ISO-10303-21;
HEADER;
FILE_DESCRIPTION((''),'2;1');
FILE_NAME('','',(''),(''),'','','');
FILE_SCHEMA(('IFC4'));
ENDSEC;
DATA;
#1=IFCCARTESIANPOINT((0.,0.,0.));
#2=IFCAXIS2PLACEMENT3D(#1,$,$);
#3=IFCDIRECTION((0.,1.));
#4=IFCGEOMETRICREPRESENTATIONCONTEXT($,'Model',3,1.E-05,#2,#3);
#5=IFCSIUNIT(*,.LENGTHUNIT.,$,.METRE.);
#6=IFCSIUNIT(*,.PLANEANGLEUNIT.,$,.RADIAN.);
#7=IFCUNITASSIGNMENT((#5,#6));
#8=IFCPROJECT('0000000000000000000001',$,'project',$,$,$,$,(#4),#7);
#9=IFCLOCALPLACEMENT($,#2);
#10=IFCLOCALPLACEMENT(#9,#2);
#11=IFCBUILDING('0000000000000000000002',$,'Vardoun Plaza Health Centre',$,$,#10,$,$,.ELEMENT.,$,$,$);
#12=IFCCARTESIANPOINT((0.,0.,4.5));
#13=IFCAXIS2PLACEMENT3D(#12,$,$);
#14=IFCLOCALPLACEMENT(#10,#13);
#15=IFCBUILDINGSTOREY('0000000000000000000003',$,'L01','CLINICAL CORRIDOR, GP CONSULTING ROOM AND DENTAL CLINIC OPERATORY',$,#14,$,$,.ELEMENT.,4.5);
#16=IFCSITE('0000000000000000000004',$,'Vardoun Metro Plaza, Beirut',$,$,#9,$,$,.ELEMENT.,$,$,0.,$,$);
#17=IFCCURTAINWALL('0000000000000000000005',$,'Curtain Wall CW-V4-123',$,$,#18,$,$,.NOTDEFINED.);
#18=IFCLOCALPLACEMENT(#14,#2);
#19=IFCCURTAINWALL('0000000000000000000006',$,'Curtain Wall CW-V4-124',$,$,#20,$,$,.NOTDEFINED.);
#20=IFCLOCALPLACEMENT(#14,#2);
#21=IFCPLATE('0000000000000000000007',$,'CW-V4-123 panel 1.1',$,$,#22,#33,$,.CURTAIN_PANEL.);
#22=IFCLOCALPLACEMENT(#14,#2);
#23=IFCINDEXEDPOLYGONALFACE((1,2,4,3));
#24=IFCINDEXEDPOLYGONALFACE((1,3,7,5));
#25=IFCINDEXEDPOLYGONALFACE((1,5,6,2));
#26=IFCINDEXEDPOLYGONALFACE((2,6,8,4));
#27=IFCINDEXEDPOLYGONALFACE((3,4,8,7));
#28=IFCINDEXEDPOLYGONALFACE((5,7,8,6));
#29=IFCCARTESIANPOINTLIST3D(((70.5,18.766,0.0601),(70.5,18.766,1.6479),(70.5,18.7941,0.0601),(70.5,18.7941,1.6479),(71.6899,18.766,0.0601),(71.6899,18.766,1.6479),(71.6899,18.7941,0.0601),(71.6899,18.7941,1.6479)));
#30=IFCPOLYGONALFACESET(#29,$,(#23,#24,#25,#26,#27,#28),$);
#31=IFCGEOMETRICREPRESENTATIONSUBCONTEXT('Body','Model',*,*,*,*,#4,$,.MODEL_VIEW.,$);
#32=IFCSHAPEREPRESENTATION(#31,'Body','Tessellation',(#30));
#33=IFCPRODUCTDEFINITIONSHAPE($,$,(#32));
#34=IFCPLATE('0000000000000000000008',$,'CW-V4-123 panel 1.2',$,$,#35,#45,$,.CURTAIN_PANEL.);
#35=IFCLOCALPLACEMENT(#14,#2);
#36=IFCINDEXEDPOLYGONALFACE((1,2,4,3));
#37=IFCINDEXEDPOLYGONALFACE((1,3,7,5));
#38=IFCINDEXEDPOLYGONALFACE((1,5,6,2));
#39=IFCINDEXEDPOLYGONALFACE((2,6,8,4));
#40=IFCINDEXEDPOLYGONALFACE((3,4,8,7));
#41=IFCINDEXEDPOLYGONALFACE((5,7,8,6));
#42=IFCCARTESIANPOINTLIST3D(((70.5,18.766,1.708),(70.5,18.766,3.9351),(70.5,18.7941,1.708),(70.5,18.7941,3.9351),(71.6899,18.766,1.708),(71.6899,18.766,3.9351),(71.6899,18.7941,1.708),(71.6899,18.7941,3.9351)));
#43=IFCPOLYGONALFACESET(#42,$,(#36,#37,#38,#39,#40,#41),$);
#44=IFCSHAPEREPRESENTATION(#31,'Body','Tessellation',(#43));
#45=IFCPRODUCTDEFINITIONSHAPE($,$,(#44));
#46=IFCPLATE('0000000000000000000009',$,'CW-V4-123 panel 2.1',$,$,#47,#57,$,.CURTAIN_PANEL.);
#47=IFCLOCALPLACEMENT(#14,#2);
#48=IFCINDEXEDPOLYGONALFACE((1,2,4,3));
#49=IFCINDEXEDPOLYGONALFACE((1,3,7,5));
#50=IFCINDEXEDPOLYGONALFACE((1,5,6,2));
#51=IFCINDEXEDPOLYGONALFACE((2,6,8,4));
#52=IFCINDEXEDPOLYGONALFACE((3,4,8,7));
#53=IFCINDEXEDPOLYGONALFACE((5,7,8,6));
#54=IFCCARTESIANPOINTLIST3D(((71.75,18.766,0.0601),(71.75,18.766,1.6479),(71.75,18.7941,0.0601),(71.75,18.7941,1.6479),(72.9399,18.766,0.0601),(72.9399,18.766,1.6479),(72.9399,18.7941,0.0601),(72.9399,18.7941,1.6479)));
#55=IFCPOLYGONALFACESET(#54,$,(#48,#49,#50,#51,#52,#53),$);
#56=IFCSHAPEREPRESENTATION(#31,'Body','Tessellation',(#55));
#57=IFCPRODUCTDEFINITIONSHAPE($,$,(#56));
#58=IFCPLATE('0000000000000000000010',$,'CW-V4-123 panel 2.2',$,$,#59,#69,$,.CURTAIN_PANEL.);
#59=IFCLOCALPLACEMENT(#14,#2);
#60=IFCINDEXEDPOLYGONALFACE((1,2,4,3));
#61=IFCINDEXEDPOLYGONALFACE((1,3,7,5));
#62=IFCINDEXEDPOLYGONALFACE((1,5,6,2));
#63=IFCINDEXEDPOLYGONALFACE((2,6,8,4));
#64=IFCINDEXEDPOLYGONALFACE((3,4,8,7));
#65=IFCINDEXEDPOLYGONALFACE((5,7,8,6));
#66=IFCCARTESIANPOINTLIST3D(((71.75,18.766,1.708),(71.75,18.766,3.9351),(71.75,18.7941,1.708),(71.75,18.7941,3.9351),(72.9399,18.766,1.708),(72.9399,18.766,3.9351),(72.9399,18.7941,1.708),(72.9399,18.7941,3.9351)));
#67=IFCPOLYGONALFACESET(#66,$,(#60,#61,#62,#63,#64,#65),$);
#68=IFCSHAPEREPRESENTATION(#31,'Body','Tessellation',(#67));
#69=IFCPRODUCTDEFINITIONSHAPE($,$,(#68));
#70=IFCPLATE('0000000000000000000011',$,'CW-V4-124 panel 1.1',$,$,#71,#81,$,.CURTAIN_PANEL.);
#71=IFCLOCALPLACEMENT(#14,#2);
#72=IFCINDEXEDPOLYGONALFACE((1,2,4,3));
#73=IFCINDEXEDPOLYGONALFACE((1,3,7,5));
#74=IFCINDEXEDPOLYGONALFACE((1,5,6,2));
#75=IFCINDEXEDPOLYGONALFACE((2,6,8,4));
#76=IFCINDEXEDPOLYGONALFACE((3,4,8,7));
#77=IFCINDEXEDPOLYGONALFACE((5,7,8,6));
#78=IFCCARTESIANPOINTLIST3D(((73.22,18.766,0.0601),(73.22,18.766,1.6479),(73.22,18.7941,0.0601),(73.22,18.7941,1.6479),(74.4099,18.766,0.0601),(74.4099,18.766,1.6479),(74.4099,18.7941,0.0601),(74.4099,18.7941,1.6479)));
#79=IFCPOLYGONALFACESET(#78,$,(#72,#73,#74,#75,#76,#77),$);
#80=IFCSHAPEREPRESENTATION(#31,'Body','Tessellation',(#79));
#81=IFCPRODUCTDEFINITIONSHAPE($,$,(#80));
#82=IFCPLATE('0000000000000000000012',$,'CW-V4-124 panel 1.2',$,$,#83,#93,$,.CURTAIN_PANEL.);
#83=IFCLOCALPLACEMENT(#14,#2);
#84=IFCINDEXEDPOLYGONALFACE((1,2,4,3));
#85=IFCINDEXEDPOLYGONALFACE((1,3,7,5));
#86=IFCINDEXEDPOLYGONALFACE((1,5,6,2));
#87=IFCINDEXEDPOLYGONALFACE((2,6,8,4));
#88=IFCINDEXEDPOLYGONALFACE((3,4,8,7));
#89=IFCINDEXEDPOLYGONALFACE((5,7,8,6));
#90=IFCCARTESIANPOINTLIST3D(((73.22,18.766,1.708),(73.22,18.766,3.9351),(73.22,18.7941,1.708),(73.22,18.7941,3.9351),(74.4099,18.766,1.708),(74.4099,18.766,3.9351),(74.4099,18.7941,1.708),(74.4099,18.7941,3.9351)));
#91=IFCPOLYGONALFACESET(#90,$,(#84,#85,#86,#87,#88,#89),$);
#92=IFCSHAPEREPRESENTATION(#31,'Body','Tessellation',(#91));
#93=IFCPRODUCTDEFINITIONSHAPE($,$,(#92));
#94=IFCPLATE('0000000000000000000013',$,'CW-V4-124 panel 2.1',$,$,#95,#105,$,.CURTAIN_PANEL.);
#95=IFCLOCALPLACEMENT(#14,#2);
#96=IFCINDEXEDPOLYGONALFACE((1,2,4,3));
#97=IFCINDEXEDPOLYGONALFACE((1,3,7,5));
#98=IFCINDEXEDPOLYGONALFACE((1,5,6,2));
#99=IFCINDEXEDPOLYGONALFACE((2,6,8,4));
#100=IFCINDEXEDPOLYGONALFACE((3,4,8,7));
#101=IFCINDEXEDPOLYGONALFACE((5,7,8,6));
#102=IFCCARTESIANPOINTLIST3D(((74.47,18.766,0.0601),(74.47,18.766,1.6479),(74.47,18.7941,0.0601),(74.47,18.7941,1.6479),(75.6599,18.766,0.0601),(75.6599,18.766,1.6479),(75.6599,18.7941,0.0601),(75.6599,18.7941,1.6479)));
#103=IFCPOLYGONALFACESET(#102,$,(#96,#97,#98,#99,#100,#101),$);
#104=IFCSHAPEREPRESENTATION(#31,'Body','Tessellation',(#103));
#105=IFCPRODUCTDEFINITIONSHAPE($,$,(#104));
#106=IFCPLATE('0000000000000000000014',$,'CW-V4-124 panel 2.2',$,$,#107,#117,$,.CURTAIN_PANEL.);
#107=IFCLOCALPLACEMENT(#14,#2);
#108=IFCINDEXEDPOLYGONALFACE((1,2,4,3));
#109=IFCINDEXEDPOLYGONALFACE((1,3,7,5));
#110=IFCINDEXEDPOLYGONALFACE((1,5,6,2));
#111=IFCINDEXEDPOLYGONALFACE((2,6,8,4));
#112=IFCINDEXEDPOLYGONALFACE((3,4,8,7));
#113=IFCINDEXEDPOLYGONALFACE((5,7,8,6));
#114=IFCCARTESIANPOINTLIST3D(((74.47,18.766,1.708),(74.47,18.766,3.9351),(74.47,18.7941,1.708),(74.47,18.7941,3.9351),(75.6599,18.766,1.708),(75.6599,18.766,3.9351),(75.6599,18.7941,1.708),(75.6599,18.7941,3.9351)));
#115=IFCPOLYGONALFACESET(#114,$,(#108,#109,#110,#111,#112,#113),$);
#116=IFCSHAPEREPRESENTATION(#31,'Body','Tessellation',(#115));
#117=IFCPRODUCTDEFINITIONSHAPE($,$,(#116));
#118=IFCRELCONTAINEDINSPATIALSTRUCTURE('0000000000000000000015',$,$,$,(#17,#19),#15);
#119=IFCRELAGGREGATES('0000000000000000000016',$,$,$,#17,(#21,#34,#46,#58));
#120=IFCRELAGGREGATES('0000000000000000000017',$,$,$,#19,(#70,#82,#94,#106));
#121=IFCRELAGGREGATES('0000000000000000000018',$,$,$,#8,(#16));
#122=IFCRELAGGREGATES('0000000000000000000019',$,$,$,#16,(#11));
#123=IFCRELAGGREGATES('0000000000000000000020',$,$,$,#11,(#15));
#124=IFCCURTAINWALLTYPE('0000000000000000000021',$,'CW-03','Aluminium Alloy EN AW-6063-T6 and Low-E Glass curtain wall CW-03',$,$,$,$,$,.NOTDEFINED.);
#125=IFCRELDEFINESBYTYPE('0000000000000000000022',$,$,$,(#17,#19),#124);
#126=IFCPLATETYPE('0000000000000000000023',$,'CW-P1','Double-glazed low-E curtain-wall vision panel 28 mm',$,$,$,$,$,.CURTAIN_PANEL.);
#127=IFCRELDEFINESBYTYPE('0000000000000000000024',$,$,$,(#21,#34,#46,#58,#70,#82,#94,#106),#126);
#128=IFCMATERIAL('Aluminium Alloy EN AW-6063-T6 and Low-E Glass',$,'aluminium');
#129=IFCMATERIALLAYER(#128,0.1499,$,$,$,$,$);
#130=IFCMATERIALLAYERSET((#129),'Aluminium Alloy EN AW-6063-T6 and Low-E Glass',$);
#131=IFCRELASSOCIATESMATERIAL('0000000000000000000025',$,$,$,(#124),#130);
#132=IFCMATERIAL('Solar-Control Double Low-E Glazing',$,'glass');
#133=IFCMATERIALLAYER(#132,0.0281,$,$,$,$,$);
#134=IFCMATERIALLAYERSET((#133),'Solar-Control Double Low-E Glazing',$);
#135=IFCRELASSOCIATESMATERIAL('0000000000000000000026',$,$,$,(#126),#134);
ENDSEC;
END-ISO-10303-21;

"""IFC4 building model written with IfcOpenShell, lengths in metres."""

from ifc_helpers import new_model, si_unit, direction, frame, origin, origin_2d, place, context, subcontext, project, spatial, rectangle, extrude, material, layer, layer_set, type_object, element, aggregate, save


model = new_model("IFC4")

# Units and contexts
model_context = context("Model", 3, precision=1e-05, world=origin(), true_north=direction((0.0, 1.0)))
body_context = subcontext(model_context, "Body", "Model", "MODEL_VIEW")
ifc_project = project(units=[si_unit("LENGTHUNIT", "METRE"), si_unit("PLANEANGLEUNIT", "RADIAN")], contexts=[model_context])

# Site, building, storey
site_placement = place(None, origin())
site = spatial("IfcSite", under=ifc_project, at=site_placement, Name="Vardoun Metro Plaza, Beirut", CompositionType="ELEMENT", RefElevation=0.0)
building_placement = place(site_placement, origin())
building = spatial("IfcBuilding", under=site, at=building_placement, Name="Vardoun Plaza Health Centre", CompositionType="ELEMENT")
storey_placement = place(building_placement, frame((0.0, 0.0, 4.5)))
storey = spatial("IfcBuildingStorey", under=building, at=storey_placement, Name="L01", Description="CLINICAL CORRIDOR, GP CONSULTING ROOM AND DENTAL CLINIC OPERATORY", CompositionType="ELEMENT", Elevation=4.5)

# Curtain walls
ifc_material_1 = material(Name="Aluminium Alloy EN AW-6063-T6 and Low-E Glass", Category="aluminium")
ifc_layer_1 = layer(ifc_material_1, 0.1499)
ifc_layer_set_1 = layer_set([ifc_layer_1], Name="Aluminium Alloy EN AW-6063-T6 and Low-E Glass")
curtain_wall_type = type_object("IfcCurtainWallType", Name="CW-03", Description="Aluminium Alloy EN AW-6063-T6 and Low-E Glass curtain wall CW-03", PredefinedType="NOTDEFINED", material=ifc_layer_set_1)
curtain_wall_1_placement = place(storey_placement, origin())
curtain_wall_1 = element("IfcCurtainWall", 1, at=curtain_wall_1_placement, inside=storey, type_object=curtain_wall_type, Name="Curtain Wall CW-V4-123", PredefinedType="NOTDEFINED")
curtain_wall_2_placement = place(storey_placement, origin())
curtain_wall_2 = element("IfcCurtainWall", 2, at=curtain_wall_2_placement, inside=storey, type_object=curtain_wall_type, Name="Curtain Wall CW-V4-124", PredefinedType="NOTDEFINED")

# Plates
ifc_material_2 = material(Name="Solar-Control Double Low-E Glazing", Category="glass")
ifc_layer_2 = layer(ifc_material_2, 0.0281)
ifc_layer_set_2 = layer_set([ifc_layer_2], Name="Solar-Control Double Low-E Glazing")
plate_type = type_object("IfcPlateType", Name="CW-P1", Description="Double-glazed low-E curtain-wall vision panel 28 mm", PredefinedType="CURTAIN_PANEL", material=ifc_layer_set_2)
plate_1_placement = place(storey_placement, frame((71.095, 18.78, 0.0601), z_axis=(0.0, 0.0, 1.0), x_axis=(1.0, 0.0, 0.0)))
plate_1 = element("IfcPlate", 3, at=plate_1_placement, type_object=plate_type, Name="CW-V4-123 panel 1.1", PredefinedType="CURTAIN_PANEL", context=body_context, shape_type="SweptSolid", body=[
    extrude(rectangle(XDim=1.1899, YDim=0.0281, at=origin_2d()), origin(), (0.0, 0.0, 1.0), 1.5879),
])
plate_2_placement = place(storey_placement, frame((71.095, 18.78, 1.708), z_axis=(0.0, 0.0, 1.0), x_axis=(1.0, 0.0, 0.0)))
plate_2 = element("IfcPlate", 4, at=plate_2_placement, type_object=plate_type, Name="CW-V4-123 panel 1.2", PredefinedType="CURTAIN_PANEL", context=body_context, shape_type="SweptSolid", body=[
    extrude(rectangle(XDim=1.1899, YDim=0.0281, at=origin_2d()), origin(), (0.0, 0.0, 1.0), 2.2271),
])
plate_3_placement = place(storey_placement, frame((72.345, 18.78, 0.0601), z_axis=(0.0, 0.0, 1.0), x_axis=(1.0, 0.0, 0.0)))
plate_3 = element("IfcPlate", 5, at=plate_3_placement, type_object=plate_type, Name="CW-V4-123 panel 2.1", PredefinedType="CURTAIN_PANEL", context=body_context, shape_type="SweptSolid", body=[
    extrude(rectangle(XDim=1.1899, YDim=0.0281, at=origin_2d()), origin(), (0.0, 0.0, 1.0), 1.5879),
])
plate_4_placement = place(storey_placement, frame((72.345, 18.78, 1.708), z_axis=(0.0, 0.0, 1.0), x_axis=(1.0, 0.0, 0.0)))
plate_4 = element("IfcPlate", 6, at=plate_4_placement, type_object=plate_type, Name="CW-V4-123 panel 2.2", PredefinedType="CURTAIN_PANEL", context=body_context, shape_type="SweptSolid", body=[
    extrude(rectangle(XDim=1.1899, YDim=0.0281, at=origin_2d()), origin(), (0.0, 0.0, 1.0), 2.2271),
])
aggregate(curtain_wall_1, [plate_1, plate_2, plate_3, plate_4])
plate_5_placement = place(storey_placement, frame((73.8149, 18.78, 0.0601), z_axis=(0.0, 0.0, 1.0), x_axis=(1.0, 0.0, 0.0)))
plate_5 = element("IfcPlate", 7, at=plate_5_placement, type_object=plate_type, Name="CW-V4-124 panel 1.1", PredefinedType="CURTAIN_PANEL", context=body_context, shape_type="SweptSolid", body=[
    extrude(rectangle(XDim=1.1899, YDim=0.0281, at=origin_2d()), origin(), (0.0, 0.0, 1.0), 1.5879),
])
plate_6_placement = place(storey_placement, frame((73.8149, 18.78, 1.708), z_axis=(0.0, 0.0, 1.0), x_axis=(1.0, 0.0, 0.0)))
plate_6 = element("IfcPlate", 8, at=plate_6_placement, type_object=plate_type, Name="CW-V4-124 panel 1.2", PredefinedType="CURTAIN_PANEL", context=body_context, shape_type="SweptSolid", body=[
    extrude(rectangle(XDim=1.1899, YDim=0.0281, at=origin_2d()), origin(), (0.0, 0.0, 1.0), 2.2271),
])
plate_7_placement = place(storey_placement, frame((75.0649, 18.78, 0.0601), z_axis=(0.0, 0.0, 1.0), x_axis=(1.0, 0.0, 0.0)))
plate_7 = element("IfcPlate", 9, at=plate_7_placement, type_object=plate_type, Name="CW-V4-124 panel 2.1", PredefinedType="CURTAIN_PANEL", context=body_context, shape_type="SweptSolid", body=[
    extrude(rectangle(XDim=1.1899, YDim=0.0281, at=origin_2d()), origin(), (0.0, 0.0, 1.0), 1.5879),
])
plate_8_placement = place(storey_placement, frame((75.0649, 18.78, 1.708), z_axis=(0.0, 0.0, 1.0), x_axis=(1.0, 0.0, 0.0)))
plate_8 = element("IfcPlate", 10, at=plate_8_placement, type_object=plate_type, Name="CW-V4-124 panel 2.2", PredefinedType="CURTAIN_PANEL", context=body_context, shape_type="SweptSolid", body=[
    extrude(rectangle(XDim=1.1899, YDim=0.0281, at=origin_2d()), origin(), (0.0, 0.0, 1.0), 2.2271),
])
aggregate(curtain_wall_2, [plate_5, plate_6, plate_7, plate_8])

save(model, "model.ifc")
